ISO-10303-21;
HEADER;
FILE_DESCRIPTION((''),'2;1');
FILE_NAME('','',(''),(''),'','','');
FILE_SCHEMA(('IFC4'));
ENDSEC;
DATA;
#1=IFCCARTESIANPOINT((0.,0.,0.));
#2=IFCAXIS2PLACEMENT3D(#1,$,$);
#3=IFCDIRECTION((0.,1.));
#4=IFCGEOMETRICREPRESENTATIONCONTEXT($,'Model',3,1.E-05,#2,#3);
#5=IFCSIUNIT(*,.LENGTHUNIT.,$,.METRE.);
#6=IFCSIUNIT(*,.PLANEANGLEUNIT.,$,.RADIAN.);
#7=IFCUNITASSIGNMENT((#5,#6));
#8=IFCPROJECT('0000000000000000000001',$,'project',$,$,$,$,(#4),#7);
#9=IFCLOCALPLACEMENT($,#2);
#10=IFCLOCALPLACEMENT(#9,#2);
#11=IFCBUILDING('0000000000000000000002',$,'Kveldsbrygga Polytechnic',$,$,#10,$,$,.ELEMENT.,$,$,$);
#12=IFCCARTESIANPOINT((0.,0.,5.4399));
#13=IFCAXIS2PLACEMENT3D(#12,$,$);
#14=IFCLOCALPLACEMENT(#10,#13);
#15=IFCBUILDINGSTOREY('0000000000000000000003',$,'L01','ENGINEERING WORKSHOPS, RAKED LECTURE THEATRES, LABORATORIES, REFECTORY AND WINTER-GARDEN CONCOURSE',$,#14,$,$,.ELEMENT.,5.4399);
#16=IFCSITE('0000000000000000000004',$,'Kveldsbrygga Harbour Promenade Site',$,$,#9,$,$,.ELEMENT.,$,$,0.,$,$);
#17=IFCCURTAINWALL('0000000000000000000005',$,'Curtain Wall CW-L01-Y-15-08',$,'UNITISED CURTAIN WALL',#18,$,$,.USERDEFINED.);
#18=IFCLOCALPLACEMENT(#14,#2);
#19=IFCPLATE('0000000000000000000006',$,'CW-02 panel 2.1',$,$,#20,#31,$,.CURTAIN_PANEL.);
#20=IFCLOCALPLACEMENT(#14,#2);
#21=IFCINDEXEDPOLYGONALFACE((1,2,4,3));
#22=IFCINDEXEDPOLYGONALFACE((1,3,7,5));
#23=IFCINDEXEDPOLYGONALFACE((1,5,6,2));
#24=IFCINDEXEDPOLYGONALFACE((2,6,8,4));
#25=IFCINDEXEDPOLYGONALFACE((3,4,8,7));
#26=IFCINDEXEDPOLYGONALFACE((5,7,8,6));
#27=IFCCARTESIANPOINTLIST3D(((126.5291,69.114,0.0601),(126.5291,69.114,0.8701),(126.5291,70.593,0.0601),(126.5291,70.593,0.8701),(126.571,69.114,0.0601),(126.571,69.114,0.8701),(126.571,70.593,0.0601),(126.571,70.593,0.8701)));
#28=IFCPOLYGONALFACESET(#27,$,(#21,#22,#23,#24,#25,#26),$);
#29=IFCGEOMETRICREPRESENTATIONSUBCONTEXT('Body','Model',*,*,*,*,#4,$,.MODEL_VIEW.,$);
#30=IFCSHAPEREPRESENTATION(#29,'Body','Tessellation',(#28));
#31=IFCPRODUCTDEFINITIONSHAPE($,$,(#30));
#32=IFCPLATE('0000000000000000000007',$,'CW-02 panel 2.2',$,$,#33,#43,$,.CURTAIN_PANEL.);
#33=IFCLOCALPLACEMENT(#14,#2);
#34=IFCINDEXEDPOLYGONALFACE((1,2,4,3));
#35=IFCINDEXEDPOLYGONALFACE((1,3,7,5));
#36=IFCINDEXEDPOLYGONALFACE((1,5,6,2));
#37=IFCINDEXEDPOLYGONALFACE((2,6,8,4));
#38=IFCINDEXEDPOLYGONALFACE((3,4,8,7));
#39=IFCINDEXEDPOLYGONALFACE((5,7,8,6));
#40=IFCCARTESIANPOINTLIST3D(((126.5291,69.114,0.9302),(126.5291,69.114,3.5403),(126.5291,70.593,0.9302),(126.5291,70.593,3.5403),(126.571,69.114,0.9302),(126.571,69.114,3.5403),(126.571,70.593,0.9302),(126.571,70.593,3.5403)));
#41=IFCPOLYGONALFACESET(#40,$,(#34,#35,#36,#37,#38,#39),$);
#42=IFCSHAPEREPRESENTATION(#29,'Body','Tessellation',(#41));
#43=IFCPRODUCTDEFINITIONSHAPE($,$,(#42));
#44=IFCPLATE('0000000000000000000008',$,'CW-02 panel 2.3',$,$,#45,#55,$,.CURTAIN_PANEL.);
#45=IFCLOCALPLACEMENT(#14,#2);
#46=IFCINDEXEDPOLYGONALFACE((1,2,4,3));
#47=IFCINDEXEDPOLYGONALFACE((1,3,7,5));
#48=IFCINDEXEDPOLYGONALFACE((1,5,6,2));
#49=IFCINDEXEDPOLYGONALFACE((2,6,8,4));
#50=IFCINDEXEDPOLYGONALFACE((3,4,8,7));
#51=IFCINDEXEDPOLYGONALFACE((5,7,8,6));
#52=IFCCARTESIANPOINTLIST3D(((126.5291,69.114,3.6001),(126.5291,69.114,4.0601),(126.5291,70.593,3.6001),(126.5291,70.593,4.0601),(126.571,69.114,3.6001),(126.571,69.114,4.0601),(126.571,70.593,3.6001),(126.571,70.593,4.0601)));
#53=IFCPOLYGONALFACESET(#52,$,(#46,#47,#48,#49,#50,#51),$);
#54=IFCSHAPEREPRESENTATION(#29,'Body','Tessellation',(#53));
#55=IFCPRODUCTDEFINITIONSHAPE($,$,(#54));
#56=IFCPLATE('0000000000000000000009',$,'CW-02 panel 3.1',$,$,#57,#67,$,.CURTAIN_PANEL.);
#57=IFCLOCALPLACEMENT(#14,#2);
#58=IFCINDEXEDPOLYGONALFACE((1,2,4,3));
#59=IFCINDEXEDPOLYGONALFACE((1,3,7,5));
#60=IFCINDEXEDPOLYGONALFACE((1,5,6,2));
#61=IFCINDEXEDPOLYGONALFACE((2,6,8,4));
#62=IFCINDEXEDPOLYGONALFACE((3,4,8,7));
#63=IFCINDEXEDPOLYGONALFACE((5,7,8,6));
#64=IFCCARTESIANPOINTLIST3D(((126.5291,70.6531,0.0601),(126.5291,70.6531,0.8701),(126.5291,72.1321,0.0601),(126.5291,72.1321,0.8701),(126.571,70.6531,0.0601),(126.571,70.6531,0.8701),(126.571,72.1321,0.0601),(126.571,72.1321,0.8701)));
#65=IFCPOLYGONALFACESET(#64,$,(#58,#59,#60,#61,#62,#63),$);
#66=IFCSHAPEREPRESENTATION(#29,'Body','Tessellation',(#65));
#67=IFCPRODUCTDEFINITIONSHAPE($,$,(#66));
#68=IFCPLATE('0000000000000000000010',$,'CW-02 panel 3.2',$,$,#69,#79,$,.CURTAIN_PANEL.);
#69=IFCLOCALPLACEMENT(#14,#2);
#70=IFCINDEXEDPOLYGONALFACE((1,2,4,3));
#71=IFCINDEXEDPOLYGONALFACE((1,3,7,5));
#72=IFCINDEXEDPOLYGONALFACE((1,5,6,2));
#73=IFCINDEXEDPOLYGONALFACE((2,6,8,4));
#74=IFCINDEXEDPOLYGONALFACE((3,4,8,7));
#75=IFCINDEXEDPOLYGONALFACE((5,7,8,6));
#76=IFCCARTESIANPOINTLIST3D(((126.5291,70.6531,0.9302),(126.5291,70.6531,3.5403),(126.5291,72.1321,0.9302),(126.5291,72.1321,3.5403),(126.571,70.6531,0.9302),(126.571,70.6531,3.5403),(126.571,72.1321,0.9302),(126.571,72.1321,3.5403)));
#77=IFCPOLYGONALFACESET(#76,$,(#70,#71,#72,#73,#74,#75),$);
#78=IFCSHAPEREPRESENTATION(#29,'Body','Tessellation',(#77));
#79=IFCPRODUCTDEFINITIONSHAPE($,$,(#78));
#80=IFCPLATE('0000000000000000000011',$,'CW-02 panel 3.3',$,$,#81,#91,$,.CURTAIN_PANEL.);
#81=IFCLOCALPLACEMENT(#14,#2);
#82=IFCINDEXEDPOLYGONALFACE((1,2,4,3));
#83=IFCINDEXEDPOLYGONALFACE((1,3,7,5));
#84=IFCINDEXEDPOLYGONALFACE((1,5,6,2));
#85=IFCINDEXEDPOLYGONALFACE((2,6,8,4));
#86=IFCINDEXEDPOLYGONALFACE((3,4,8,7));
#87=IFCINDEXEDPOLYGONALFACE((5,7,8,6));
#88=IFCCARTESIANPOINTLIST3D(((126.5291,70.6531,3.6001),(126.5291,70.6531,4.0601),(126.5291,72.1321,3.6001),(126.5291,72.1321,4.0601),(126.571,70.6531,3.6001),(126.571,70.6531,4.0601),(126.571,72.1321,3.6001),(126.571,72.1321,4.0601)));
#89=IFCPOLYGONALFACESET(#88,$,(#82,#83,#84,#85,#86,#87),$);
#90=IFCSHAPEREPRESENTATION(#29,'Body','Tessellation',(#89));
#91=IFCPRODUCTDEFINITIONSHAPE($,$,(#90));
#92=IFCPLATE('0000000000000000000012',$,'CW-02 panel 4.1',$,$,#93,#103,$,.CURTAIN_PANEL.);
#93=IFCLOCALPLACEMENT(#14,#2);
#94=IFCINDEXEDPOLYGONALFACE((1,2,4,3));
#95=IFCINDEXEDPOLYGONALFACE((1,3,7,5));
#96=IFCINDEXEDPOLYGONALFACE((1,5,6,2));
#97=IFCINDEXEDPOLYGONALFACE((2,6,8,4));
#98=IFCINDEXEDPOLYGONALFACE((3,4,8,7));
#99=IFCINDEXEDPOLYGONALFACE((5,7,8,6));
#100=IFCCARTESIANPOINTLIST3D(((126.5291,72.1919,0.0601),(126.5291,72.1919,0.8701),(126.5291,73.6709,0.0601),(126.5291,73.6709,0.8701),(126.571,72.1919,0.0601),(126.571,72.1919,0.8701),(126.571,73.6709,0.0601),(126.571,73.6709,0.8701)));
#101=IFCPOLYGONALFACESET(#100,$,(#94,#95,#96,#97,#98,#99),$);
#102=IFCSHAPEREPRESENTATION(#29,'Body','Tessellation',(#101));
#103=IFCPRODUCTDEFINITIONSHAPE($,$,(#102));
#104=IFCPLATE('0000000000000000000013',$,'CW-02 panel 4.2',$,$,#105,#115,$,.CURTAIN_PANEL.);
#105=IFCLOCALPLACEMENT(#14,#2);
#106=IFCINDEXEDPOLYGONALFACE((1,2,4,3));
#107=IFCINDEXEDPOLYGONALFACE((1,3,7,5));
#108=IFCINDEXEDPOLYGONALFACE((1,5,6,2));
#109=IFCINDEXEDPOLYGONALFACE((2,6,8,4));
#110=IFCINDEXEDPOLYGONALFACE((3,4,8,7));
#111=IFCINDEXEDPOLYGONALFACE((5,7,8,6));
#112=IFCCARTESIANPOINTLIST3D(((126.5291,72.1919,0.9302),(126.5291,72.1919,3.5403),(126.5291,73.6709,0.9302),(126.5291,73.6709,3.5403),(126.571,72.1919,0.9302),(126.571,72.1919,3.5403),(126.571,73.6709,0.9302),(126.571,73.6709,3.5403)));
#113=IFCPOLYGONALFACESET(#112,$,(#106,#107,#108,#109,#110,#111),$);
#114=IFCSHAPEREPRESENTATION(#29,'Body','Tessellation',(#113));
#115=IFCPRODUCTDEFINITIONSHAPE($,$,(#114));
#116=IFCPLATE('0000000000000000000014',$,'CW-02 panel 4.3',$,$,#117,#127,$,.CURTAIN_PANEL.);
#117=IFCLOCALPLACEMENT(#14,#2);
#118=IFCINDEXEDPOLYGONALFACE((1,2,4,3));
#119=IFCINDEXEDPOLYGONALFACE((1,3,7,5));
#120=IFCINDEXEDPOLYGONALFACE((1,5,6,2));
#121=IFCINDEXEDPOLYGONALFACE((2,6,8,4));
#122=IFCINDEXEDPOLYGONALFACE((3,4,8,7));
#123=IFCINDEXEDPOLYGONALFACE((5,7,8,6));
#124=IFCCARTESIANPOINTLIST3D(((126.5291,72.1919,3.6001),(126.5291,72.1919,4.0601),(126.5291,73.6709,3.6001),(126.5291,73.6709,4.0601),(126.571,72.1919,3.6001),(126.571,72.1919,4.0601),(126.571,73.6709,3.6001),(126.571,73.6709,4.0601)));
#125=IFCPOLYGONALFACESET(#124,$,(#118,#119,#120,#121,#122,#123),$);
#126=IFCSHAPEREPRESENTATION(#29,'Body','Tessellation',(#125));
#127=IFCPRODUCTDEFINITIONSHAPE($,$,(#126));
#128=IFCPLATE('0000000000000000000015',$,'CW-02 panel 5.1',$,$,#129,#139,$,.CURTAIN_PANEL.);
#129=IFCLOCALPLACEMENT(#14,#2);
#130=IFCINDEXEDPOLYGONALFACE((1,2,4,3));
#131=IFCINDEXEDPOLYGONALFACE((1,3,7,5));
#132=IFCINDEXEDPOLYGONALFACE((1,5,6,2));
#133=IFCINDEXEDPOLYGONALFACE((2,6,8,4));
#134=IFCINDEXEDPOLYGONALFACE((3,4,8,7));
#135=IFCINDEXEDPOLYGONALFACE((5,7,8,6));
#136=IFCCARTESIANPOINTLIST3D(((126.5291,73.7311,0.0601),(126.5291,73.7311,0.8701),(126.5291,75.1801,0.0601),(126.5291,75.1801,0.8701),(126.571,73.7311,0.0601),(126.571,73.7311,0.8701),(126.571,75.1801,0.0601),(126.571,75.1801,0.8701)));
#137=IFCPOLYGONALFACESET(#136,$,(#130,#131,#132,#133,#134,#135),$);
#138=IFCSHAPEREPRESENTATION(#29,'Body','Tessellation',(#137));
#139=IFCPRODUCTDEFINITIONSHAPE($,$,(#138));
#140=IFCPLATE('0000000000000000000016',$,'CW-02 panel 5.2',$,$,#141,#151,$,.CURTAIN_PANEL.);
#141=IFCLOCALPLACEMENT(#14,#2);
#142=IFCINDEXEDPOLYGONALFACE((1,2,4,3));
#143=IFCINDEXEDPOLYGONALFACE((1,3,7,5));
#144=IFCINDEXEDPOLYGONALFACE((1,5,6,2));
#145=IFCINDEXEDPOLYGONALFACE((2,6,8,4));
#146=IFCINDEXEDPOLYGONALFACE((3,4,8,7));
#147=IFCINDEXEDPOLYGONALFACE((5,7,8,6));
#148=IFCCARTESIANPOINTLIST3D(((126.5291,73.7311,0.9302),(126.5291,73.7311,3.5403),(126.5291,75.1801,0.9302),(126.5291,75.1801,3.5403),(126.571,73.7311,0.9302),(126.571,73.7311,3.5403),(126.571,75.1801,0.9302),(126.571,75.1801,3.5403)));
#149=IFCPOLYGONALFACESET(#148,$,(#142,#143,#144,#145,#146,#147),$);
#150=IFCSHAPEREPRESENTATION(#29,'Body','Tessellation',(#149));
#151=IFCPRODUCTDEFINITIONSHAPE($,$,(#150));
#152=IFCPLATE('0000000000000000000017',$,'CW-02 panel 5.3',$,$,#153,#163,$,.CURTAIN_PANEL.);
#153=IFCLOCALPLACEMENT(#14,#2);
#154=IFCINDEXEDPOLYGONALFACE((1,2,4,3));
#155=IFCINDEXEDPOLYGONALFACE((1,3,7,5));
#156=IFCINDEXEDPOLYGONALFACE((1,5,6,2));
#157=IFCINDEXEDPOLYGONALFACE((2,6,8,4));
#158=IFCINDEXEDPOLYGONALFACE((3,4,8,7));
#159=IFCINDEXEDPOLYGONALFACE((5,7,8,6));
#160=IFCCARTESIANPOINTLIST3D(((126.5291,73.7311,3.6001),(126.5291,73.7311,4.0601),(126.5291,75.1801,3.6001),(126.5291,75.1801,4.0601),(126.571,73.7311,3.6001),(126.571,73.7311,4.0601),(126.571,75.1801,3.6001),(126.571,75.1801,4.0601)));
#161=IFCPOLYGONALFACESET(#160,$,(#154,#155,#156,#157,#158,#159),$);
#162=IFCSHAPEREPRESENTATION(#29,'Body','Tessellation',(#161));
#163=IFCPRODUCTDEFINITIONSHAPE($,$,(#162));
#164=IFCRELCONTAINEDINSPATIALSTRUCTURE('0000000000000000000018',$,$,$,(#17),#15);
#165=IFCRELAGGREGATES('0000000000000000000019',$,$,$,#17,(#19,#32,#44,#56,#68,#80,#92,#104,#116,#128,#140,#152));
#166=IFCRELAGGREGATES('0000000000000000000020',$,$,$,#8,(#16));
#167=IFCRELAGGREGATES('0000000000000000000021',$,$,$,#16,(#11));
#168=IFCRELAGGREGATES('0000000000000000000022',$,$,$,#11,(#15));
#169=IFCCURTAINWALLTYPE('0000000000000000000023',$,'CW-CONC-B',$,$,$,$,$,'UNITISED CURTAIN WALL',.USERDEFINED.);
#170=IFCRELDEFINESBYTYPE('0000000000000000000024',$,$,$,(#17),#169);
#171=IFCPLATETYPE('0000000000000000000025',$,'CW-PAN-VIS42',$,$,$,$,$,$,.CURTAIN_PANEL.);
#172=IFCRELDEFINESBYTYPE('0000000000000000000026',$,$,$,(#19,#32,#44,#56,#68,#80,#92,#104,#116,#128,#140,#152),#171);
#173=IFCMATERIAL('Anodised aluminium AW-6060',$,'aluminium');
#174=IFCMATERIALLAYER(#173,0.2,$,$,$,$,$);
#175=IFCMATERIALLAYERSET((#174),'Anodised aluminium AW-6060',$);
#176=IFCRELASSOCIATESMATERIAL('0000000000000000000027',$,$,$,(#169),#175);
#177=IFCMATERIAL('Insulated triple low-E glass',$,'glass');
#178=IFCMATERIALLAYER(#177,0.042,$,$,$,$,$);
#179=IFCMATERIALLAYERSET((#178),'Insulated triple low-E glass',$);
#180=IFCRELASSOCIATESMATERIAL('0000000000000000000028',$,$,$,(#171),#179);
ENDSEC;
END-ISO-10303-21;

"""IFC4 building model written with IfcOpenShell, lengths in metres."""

from ifc_helpers import new_model, si_unit, direction, frame, origin, origin_2d, place, context, subcontext, project, spatial, rectangle, extrude, material, layer, layer_set, type_object, element, aggregate, save


model = new_model("IFC4")

# Units and contexts
model_context = context("Model", 3, precision=1e-05, world=origin(), true_north=direction((0.0, 1.0)))
body_context = subcontext(model_context, "Body", "Model", "MODEL_VIEW")
ifc_project = project(units=[si_unit("LENGTHUNIT", "METRE"), si_unit("PLANEANGLEUNIT", "RADIAN")], contexts=[model_context])

# Site, building, storey
site_placement = place(None, origin())
site = spatial("IfcSite", under=ifc_project, at=site_placement, Name="Kveldsbrygga Harbour Promenade Site", CompositionType="ELEMENT", RefElevation=0.0)
building_placement = place(site_placement, origin())
building = spatial("IfcBuilding", under=site, at=building_placement, Name="Kveldsbrygga Polytechnic", CompositionType="ELEMENT")
storey_placement = place(building_placement, frame((0.0, 0.0, 5.4399)))
storey = spatial("IfcBuildingStorey", under=building, at=storey_placement, Name="L01", Description="ENGINEERING WORKSHOPS, RAKED LECTURE THEATRES, LABORATORIES, REFECTORY AND WINTER-GARDEN CONCOURSE", CompositionType="ELEMENT", Elevation=5.4399)

# Curtain wall
ifc_material_1 = material(Name="Anodised aluminium AW-6060", Category="aluminium")
ifc_layer_1 = layer(ifc_material_1, 0.2)
ifc_layer_set_1 = layer_set([ifc_layer_1], Name="Anodised aluminium AW-6060")
curtain_wall_type_1 = type_object("IfcCurtainWallType", Name="CW-CONC-B", ElementType="UNITISED CURTAIN WALL", PredefinedType="USERDEFINED", material=ifc_layer_set_1)
curtain_wall_1_placement = place(storey_placement, origin())
curtain_wall_1 = element("IfcCurtainWall", 1, at=curtain_wall_1_placement, inside=storey, type_object=curtain_wall_type_1, Name="Curtain Wall CW-L01-Y-15-08", ObjectType="UNITISED CURTAIN WALL", PredefinedType="USERDEFINED")

# Plates
ifc_material_2 = material(Name="Insulated triple low-E glass", Category="glass")
ifc_layer_2 = layer(ifc_material_2, 0.042)
ifc_layer_set_2 = layer_set([ifc_layer_2], Name="Insulated triple low-E glass")
plate_type = type_object("IfcPlateType", Name="CW-PAN-VIS42", PredefinedType="CURTAIN_PANEL", material=ifc_layer_set_2)
plate_1_placement = place(storey_placement, frame((126.55, 69.8535, 0.0601), z_axis=(0.0, 0.0, 1.0), x_axis=(0.0, 1.0, 0.0)))
plate_1 = element("IfcPlate", 2, at=plate_1_placement, type_object=plate_type, Name="CW-02 panel 2.1", PredefinedType="CURTAIN_PANEL", context=body_context, shape_type="SweptSolid", body=[
    extrude(rectangle(XDim=1.479, YDim=0.042, at=origin_2d()), origin(), (0.0, 0.0, 1.0), 0.8101),
])
plate_2_placement = place(storey_placement, frame((126.55, 69.8535, 0.9302), z_axis=(0.0, 0.0, 1.0), x_axis=(0.0, 1.0, 0.0)))
plate_2 = element("IfcPlate", 3, at=plate_2_placement, type_object=plate_type, Name="CW-02 panel 2.2", PredefinedType="CURTAIN_PANEL", context=body_context, shape_type="SweptSolid", body=[
    extrude(rectangle(XDim=1.479, YDim=0.042, at=origin_2d()), origin(), (0.0, 0.0, 1.0), 2.6101),
])
plate_3_placement = place(storey_placement, frame((126.55, 69.8535, 3.6001), z_axis=(0.0, 0.0, 1.0), x_axis=(0.0, 1.0, 0.0)))
plate_3 = element("IfcPlate", 4, at=plate_3_placement, type_object=plate_type, Name="CW-02 panel 2.3", PredefinedType="CURTAIN_PANEL", context=body_context, shape_type="SweptSolid", body=[
    extrude(rectangle(XDim=1.479, YDim=0.042, at=origin_2d()), origin(), (0.0, 0.0, 1.0), 0.46),
])
plate_4_placement = place(storey_placement, frame((126.55, 71.3926, 0.0601), z_axis=(0.0, 0.0, 1.0), x_axis=(0.0, 1.0, 0.0)))
plate_4 = element("IfcPlate", 5, at=plate_4_placement, type_object=plate_type, Name="CW-02 panel 3.1", PredefinedType="CURTAIN_PANEL", context=body_context, shape_type="SweptSolid", body=[
    extrude(rectangle(XDim=1.479, YDim=0.042, at=origin_2d()), origin(), (0.0, 0.0, 1.0), 0.8101),
])
plate_5_placement = place(storey_placement, frame((126.55, 71.3926, 0.9302), z_axis=(0.0, 0.0, 1.0), x_axis=(0.0, 1.0, 0.0)))
plate_5 = element("IfcPlate", 6, at=plate_5_placement, type_object=plate_type, Name="CW-02 panel 3.2", PredefinedType="CURTAIN_PANEL", context=body_context, shape_type="SweptSolid", body=[
    extrude(rectangle(XDim=1.479, YDim=0.042, at=origin_2d()), origin(), (0.0, 0.0, 1.0), 2.6101),
])
plate_6_placement = place(storey_placement, frame((126.55, 71.3926, 3.6001), z_axis=(0.0, 0.0, 1.0), x_axis=(0.0, 1.0, 0.0)))
plate_6 = element("IfcPlate", 7, at=plate_6_placement, type_object=plate_type, Name="CW-02 panel 3.3", PredefinedType="CURTAIN_PANEL", context=body_context, shape_type="SweptSolid", body=[
    extrude(rectangle(XDim=1.479, YDim=0.042, at=origin_2d()), origin(), (0.0, 0.0, 1.0), 0.46),
])
plate_7_placement = place(storey_placement, frame((126.55, 72.9314, 0.0601), z_axis=(0.0, 0.0, 1.0), x_axis=(0.0, 1.0, 0.0)))
plate_7 = element("IfcPlate", 8, at=plate_7_placement, type_object=plate_type, Name="CW-02 panel 4.1", PredefinedType="CURTAIN_PANEL", context=body_context, shape_type="SweptSolid", body=[
    extrude(rectangle(XDim=1.479, YDim=0.042, at=origin_2d()), origin(), (0.0, 0.0, 1.0), 0.8101),
])
plate_8_placement = place(storey_placement, frame((126.55, 72.9314, 0.9302), z_axis=(0.0, 0.0, 1.0), x_axis=(0.0, 1.0, 0.0)))
plate_8 = element("IfcPlate", 9, at=plate_8_placement, type_object=plate_type, Name="CW-02 panel 4.2", PredefinedType="CURTAIN_PANEL", context=body_context, shape_type="SweptSolid", body=[
    extrude(rectangle(XDim=1.479, YDim=0.042, at=origin_2d()), origin(), (0.0, 0.0, 1.0), 2.6101),
])
plate_9_placement = place(storey_placement, frame((126.55, 72.9314, 3.6001), z_axis=(0.0, 0.0, 1.0), x_axis=(0.0, 1.0, 0.0)))
plate_9 = element("IfcPlate", 10, at=plate_9_placement, type_object=plate_type, Name="CW-02 panel 4.3", PredefinedType="CURTAIN_PANEL", context=body_context, shape_type="SweptSolid", body=[
    extrude(rectangle(XDim=1.479, YDim=0.042, at=origin_2d()), origin(), (0.0, 0.0, 1.0), 0.46),
])
plate_10_placement = place(storey_placement, frame((126.55, 74.4556, 0.0601), z_axis=(0.0, 0.0, 1.0), x_axis=(0.0, 1.0, 0.0)))
plate_10 = element("IfcPlate", 11, at=plate_10_placement, type_object=plate_type, Name="CW-02 panel 5.1", PredefinedType="CURTAIN_PANEL", context=body_context, shape_type="SweptSolid", body=[
    extrude(rectangle(XDim=1.449, YDim=0.042, at=origin_2d()), origin(), (0.0, 0.0, 1.0), 0.8101),
])
plate_11_placement = place(storey_placement, frame((126.55, 74.4556, 0.9302), z_axis=(0.0, 0.0, 1.0), x_axis=(0.0, 1.0, 0.0)))
plate_11 = element("IfcPlate", 12, at=plate_11_placement, type_object=plate_type, Name="CW-02 panel 5.2", PredefinedType="CURTAIN_PANEL", context=body_context, shape_type="SweptSolid", body=[
    extrude(rectangle(XDim=1.449, YDim=0.042, at=origin_2d()), origin(), (0.0, 0.0, 1.0), 2.6101),
])
plate_12_placement = place(storey_placement, frame((126.55, 74.4556, 3.6001), z_axis=(0.0, 0.0, 1.0), x_axis=(0.0, 1.0, 0.0)))
plate_12 = element("IfcPlate", 13, at=plate_12_placement, type_object=plate_type, Name="CW-02 panel 5.3", PredefinedType="CURTAIN_PANEL", context=body_context, shape_type="SweptSolid", body=[
    extrude(rectangle(XDim=1.449, YDim=0.042, at=origin_2d()), origin(), (0.0, 0.0, 1.0), 0.46),
])
aggregate(curtain_wall_1, [plate_1, plate_2, plate_3, plate_4, plate_5, plate_6, plate_7, plate_8, plate_9, plate_10, plate_11, plate_12])

save(model, "model.ifc")
